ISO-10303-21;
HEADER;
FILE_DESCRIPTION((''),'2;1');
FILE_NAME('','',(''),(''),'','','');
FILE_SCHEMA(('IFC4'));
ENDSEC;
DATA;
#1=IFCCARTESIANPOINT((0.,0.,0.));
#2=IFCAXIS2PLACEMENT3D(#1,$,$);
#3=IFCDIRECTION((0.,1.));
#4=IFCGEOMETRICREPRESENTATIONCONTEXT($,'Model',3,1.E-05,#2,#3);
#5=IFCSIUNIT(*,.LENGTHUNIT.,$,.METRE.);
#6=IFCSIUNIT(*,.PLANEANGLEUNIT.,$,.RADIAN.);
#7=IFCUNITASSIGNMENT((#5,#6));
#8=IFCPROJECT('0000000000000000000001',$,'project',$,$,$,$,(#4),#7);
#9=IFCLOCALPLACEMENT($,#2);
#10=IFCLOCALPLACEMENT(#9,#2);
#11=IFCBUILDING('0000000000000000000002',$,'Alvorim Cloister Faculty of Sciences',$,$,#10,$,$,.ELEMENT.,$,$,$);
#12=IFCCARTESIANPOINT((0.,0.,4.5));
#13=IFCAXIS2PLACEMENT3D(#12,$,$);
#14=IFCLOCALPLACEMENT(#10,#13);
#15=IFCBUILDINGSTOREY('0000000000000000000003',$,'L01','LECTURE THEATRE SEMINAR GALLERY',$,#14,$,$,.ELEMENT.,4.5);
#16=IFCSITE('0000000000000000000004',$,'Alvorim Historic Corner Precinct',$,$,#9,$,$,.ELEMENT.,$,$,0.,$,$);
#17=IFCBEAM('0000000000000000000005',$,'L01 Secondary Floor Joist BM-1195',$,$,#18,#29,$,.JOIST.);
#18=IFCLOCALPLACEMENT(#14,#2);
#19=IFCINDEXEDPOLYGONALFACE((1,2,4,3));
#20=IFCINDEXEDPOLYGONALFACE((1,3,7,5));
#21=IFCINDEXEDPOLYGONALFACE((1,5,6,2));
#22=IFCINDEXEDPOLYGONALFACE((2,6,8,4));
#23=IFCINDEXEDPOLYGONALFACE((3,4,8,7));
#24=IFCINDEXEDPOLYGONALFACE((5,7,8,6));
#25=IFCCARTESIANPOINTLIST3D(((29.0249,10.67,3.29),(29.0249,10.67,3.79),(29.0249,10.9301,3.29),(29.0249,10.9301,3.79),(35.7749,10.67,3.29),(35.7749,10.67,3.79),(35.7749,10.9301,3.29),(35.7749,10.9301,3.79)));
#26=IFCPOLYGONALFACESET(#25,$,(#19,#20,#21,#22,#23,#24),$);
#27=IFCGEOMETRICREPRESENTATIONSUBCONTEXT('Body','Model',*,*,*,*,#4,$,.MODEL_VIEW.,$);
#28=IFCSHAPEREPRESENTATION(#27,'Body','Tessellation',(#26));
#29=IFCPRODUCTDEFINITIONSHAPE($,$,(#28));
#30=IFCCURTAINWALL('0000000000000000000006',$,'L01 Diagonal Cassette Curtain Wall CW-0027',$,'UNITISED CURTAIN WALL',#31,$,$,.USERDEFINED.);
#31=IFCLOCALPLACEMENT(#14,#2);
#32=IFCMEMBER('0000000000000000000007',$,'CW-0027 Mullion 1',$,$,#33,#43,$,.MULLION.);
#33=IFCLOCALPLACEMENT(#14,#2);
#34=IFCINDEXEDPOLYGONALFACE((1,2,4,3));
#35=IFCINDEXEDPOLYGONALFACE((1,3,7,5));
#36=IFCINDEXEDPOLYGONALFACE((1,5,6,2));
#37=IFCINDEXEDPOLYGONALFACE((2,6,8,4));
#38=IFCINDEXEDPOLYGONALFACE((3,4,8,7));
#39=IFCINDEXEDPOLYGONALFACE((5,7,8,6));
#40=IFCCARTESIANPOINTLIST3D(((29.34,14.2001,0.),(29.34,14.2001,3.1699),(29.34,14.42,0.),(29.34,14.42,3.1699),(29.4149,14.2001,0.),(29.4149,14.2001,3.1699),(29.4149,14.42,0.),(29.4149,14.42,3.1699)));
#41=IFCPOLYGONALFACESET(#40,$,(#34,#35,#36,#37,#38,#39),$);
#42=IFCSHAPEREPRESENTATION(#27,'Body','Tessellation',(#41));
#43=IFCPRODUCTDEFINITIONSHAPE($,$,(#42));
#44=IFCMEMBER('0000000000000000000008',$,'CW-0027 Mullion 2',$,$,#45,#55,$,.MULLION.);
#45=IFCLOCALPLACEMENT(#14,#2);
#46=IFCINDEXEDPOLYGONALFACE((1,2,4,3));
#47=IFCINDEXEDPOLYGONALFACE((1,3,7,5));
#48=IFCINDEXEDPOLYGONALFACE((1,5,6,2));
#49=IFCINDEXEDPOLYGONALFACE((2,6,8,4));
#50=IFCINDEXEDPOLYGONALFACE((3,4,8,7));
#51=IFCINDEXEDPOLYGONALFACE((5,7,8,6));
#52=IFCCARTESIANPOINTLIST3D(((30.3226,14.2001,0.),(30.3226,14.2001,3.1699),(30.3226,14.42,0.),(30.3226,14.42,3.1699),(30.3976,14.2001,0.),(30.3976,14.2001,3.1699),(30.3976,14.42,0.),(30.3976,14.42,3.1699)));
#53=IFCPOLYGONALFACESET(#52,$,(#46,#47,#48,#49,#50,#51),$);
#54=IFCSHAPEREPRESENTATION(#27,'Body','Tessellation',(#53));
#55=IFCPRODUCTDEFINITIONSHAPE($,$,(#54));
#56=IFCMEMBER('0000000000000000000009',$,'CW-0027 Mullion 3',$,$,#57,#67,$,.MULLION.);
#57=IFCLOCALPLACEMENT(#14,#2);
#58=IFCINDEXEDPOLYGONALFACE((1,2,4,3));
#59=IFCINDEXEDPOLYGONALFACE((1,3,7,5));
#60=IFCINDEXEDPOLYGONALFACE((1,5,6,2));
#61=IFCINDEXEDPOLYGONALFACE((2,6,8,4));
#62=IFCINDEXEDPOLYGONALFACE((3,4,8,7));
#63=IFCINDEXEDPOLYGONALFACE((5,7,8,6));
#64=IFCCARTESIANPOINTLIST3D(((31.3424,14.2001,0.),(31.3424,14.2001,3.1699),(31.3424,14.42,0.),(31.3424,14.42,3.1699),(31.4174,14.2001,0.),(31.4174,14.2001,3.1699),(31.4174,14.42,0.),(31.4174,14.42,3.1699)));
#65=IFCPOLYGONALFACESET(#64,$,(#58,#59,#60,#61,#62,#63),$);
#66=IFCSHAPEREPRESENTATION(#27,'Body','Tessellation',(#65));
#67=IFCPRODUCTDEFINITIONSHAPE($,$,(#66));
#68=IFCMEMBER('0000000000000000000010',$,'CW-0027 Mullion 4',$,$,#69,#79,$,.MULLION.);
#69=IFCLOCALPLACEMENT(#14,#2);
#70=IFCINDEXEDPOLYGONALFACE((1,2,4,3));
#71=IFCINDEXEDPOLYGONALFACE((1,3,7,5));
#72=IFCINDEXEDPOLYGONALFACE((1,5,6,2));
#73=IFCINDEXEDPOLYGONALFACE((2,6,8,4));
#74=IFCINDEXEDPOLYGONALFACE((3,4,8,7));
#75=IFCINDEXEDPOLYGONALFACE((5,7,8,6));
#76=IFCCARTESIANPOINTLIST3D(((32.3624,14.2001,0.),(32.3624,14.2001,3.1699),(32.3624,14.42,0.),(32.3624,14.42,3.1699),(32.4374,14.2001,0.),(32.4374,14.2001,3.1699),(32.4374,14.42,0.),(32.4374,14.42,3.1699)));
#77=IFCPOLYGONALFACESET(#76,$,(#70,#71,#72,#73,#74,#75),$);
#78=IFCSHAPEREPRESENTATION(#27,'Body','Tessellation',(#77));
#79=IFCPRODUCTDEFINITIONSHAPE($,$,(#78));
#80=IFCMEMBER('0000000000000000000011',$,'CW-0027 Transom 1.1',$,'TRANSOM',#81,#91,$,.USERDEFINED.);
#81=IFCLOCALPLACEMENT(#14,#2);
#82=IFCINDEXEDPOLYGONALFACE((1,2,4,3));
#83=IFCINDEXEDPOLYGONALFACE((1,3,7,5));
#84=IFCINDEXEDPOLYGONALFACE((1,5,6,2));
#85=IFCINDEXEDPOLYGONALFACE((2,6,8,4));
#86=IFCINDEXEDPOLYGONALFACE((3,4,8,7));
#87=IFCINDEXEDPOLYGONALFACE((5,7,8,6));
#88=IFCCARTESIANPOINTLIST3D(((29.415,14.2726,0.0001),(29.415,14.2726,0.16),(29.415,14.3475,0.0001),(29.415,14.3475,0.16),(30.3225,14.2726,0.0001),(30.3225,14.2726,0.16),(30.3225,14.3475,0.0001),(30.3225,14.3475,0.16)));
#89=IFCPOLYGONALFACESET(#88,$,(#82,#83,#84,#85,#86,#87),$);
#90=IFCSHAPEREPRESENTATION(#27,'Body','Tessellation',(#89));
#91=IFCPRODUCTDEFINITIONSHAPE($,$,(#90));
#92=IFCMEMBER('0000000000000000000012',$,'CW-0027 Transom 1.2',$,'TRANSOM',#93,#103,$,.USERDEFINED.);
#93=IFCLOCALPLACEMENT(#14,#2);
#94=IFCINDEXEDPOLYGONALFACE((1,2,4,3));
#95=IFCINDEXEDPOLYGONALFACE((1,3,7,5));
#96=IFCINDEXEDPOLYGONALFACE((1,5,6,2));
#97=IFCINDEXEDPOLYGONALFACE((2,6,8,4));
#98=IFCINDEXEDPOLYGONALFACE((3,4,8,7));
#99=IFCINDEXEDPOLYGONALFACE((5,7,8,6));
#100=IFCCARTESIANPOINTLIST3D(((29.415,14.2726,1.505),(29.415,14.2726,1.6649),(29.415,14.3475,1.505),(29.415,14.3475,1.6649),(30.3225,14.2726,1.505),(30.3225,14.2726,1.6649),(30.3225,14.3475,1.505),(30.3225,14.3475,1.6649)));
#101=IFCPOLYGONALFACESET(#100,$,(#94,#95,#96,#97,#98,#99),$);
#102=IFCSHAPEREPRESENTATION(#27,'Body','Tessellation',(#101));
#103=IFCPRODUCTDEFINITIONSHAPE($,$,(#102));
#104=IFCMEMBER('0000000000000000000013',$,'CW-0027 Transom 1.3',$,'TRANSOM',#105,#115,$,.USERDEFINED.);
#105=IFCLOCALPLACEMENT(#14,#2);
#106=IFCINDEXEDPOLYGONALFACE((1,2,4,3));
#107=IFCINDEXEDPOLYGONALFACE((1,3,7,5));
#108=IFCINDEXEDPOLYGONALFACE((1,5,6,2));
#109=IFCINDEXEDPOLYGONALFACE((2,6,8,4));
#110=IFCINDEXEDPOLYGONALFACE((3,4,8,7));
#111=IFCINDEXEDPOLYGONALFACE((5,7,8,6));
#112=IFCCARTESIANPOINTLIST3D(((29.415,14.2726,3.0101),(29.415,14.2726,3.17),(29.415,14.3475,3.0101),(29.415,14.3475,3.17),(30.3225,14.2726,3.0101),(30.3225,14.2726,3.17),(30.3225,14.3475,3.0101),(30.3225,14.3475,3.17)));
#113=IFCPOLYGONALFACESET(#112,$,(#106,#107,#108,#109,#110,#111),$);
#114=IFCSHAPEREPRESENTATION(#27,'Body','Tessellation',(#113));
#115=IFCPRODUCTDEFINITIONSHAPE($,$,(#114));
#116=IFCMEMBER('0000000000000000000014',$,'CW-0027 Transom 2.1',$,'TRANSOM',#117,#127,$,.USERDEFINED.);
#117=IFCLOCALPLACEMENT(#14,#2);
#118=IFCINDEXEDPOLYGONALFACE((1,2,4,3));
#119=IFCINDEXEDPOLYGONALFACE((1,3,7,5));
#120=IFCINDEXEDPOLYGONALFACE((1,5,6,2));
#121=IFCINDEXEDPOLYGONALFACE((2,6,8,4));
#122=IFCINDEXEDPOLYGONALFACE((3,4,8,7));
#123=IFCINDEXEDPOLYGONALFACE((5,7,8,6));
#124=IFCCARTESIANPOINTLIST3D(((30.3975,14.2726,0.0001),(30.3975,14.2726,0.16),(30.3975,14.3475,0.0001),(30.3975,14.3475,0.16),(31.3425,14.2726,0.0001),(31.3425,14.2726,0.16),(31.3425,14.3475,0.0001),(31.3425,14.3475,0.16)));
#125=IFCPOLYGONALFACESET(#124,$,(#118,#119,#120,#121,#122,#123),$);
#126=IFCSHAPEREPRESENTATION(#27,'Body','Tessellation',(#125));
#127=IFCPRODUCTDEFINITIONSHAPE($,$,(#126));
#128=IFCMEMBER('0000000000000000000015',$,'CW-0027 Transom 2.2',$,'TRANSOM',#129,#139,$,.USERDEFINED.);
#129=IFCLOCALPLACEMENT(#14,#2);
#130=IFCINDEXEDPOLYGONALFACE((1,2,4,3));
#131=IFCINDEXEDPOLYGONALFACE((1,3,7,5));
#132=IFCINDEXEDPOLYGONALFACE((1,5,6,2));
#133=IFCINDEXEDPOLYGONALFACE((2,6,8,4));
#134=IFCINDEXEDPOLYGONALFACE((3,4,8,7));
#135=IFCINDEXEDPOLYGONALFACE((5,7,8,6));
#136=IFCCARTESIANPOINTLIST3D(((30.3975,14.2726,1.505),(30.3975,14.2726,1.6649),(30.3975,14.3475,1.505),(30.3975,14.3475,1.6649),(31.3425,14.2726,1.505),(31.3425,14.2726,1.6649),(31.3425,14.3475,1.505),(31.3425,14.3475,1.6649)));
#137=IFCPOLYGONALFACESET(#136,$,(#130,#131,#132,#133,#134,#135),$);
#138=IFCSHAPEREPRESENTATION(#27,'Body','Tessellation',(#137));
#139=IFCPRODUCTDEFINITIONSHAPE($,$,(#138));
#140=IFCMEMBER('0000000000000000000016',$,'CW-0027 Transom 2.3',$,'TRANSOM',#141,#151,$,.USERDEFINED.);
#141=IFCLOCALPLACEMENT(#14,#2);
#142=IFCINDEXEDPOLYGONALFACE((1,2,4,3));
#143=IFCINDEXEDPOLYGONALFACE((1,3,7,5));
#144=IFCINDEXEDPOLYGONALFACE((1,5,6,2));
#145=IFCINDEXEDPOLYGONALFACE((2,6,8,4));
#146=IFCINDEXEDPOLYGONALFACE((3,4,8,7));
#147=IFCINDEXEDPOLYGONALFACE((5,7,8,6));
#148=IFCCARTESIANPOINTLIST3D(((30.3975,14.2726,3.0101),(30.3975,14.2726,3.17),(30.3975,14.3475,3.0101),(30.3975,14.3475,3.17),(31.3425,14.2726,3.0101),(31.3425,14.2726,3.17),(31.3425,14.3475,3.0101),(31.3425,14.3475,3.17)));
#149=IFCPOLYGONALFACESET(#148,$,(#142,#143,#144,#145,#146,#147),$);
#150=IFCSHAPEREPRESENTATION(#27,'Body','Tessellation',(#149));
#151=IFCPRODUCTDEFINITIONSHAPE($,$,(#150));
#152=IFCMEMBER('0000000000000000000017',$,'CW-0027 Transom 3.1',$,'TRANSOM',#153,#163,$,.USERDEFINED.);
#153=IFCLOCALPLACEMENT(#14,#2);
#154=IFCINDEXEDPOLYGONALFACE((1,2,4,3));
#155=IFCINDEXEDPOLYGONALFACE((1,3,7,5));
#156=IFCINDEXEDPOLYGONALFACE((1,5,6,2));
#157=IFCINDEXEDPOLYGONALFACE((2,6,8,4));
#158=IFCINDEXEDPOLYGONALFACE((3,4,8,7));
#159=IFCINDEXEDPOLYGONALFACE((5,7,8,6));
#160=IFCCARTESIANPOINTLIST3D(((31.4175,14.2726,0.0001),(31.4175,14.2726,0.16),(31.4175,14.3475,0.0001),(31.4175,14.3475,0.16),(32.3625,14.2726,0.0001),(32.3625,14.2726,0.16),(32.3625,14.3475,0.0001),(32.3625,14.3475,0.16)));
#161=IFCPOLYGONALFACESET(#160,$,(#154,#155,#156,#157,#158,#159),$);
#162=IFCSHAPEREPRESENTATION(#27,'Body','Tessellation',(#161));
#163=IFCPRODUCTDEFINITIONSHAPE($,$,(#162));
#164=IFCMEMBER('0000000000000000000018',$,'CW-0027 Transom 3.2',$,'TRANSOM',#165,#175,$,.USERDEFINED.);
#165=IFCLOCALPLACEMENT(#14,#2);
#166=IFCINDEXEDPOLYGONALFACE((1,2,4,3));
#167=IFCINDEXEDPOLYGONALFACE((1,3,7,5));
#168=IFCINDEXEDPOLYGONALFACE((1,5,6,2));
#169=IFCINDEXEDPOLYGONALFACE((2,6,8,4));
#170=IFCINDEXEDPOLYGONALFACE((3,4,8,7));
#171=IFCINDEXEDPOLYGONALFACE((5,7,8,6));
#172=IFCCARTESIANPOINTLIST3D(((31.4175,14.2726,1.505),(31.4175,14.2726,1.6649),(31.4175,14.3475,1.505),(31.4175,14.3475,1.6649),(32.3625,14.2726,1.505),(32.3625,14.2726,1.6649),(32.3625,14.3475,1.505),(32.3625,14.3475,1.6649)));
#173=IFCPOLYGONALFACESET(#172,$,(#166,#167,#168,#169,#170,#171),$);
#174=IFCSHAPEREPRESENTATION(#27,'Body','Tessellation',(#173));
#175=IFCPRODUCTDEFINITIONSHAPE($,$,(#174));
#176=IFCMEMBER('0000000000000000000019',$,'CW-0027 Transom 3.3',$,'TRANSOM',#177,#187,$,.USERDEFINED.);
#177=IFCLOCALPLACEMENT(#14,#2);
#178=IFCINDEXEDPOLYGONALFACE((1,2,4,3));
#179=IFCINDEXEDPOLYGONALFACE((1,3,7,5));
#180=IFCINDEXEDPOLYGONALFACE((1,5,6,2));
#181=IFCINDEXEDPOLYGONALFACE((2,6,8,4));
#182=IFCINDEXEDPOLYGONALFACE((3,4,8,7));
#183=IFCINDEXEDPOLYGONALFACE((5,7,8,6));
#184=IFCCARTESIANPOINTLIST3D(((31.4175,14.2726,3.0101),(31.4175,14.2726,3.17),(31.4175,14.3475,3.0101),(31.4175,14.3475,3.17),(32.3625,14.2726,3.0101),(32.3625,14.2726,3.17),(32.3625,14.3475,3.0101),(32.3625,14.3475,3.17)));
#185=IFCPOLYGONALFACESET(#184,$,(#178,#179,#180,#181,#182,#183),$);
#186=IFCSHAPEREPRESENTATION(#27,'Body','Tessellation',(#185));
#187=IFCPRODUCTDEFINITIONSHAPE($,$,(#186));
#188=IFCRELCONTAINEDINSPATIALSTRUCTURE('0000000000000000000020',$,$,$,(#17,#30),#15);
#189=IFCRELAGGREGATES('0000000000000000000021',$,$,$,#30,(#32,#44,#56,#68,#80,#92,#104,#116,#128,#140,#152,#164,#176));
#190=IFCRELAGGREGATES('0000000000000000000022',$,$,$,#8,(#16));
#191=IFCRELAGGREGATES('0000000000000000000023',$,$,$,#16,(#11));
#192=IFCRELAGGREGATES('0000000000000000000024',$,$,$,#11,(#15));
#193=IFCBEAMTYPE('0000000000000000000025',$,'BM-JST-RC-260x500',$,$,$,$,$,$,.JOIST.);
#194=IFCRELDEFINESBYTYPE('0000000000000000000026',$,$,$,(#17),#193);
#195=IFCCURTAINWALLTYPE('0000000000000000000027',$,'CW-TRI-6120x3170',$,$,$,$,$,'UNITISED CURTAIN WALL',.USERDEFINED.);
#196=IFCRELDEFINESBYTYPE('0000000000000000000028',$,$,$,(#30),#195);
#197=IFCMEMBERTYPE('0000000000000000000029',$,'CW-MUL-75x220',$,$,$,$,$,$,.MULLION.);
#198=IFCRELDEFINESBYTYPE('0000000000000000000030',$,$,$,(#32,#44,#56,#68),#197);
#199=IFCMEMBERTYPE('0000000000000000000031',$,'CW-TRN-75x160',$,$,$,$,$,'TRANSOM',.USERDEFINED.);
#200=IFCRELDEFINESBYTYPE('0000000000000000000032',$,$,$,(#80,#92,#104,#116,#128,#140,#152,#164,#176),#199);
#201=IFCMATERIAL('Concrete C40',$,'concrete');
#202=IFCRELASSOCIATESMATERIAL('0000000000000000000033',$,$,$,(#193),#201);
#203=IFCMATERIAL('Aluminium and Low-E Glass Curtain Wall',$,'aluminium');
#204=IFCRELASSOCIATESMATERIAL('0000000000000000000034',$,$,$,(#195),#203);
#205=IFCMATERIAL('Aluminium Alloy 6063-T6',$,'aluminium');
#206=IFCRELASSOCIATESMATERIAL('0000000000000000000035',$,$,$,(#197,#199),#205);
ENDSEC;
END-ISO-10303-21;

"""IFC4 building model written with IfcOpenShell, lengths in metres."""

from ifc_helpers import new_model, si_unit, direction, frame, origin, origin_2d, place, context, subcontext, project, spatial, rectangle, extrude, material, material_profile, profile_set, type_object, element, aggregate, save


model = new_model("IFC4")

# Units and contexts
model_context = context("Model", 3, precision=1e-05, world=origin(), true_north=direction((0.0, 1.0)))
body_context = subcontext(model_context, "Body", "Model", "MODEL_VIEW")
ifc_project = project(units=[si_unit("LENGTHUNIT", "METRE"), si_unit("PLANEANGLEUNIT", "RADIAN")], contexts=[model_context])

# Site, building, storey
site_placement = place(None, origin())
site = spatial("IfcSite", under=ifc_project, at=site_placement, Name="Alvorim Historic Corner Precinct", CompositionType="ELEMENT", RefElevation=0.0)
building_placement = place(site_placement, origin())
building = spatial("IfcBuilding", under=site, at=building_placement, Name="Alvorim Cloister Faculty of Sciences", CompositionType="ELEMENT")
storey_placement = place(building_placement, frame((0.0, 0.0, 4.5)))
storey = spatial("IfcBuildingStorey", under=building, at=storey_placement, Name="L01", Description="LECTURE THEATRE SEMINAR GALLERY", CompositionType="ELEMENT", Elevation=4.5)

# Beam
ifc_material_1 = material(Name="Concrete C40", Category="concrete")
ifc_material_profile_1 = material_profile(ifc_material_1, rectangle(XDim=0.26, YDim=0.5, at=origin_2d()), Name="RC40-JST-260x500")
ifc_profile_set_1 = profile_set([ifc_material_profile_1], Name="Concrete C40")
beam_type = type_object("IfcBeamType", Name="BM-JST-RC-260x500", PredefinedType="JOIST", material=ifc_profile_set_1)
beam_placement = place(storey_placement, frame((29.0249, 10.8, 3.54), z_axis=(1.0, 0.0, 0.0), x_axis=(0.0, 1.0, 0.0)))
element("IfcBeam", 1, at=beam_placement, inside=storey, type_object=beam_type, Name="L01 Secondary Floor Joist BM-1195", PredefinedType="JOIST", context=body_context, shape_type="SweptSolid", body=[
    extrude(rectangle(XDim=0.26, YDim=0.5, at=origin_2d()), origin(), (0.0, 0.0, 1.0), 6.75),
])

# Curtain wall, members
ifc_material_2 = material(Name="Aluminium and Low-E Glass Curtain Wall", Category="aluminium")
curtain_wall_type = type_object("IfcCurtainWallType", Name="CW-TRI-6120x3170", ElementType="UNITISED CURTAIN WALL", PredefinedType="USERDEFINED", material=ifc_material_2)
curtain_wall_placement = place(storey_placement, origin())
curtain_wall = element("IfcCurtainWall", 2, at=curtain_wall_placement, inside=storey, type_object=curtain_wall_type, Name="L01 Diagonal Cassette Curtain Wall CW-0027", ObjectType="UNITISED CURTAIN WALL", PredefinedType="USERDEFINED")
ifc_material_3 = material(Name="Aluminium Alloy 6063-T6", Category="aluminium")
ifc_material_profile_2 = material_profile(ifc_material_3, rectangle(XDim=0.075, YDim=0.22, at=origin_2d()), Name="ALU-MUL-75x220")
ifc_profile_set_2 = profile_set([ifc_material_profile_2], Name="Aluminium Alloy 6063-T6")
member_type_1 = type_object("IfcMemberType", Name="CW-MUL-75x220", PredefinedType="MULLION", material=ifc_profile_set_2)
member_1_placement = place(storey_placement, frame((29.3774, 14.3101, 0.0), z_axis=(0.0, 0.0, 1.0), x_axis=(1.0, 0.0, 0.0)))
member_1 = element("IfcMember", 3, at=member_1_placement, type_object=member_type_1, Name="CW-0027 Mullion 1", PredefinedType="MULLION", context=body_context, shape_type="SweptSolid", body=[
    extrude(rectangle(XDim=0.075, YDim=0.22, at=origin_2d()), origin(), (0.0, 0.0, 1.0), 3.1699),
])
member_2_placement = place(storey_placement, frame((30.3601, 14.3101, 0.0), z_axis=(0.0, 0.0, 1.0), x_axis=(1.0, 0.0, 0.0)))
member_2 = element("IfcMember", 4, at=member_2_placement, type_object=member_type_1, Name="CW-0027 Mullion 2", PredefinedType="MULLION", context=body_context, shape_type="SweptSolid", body=[
    extrude(rectangle(XDim=0.075, YDim=0.22, at=origin_2d()), origin(), (0.0, 0.0, 1.0), 3.1699),
])
member_3_placement = place(storey_placement, frame((31.3799, 14.3101, 0.0), z_axis=(0.0, 0.0, 1.0), x_axis=(1.0, 0.0, 0.0)))
member_3 = element("IfcMember", 5, at=member_3_placement, type_object=member_type_1, Name="CW-0027 Mullion 3", PredefinedType="MULLION", context=body_context, shape_type="SweptSolid", body=[
    extrude(rectangle(XDim=0.075, YDim=0.22, at=origin_2d()), origin(), (0.0, 0.0, 1.0), 3.1699),
])
member_4_placement = place(storey_placement, frame((32.3999, 14.3101, 0.0), z_axis=(0.0, 0.0, 1.0), x_axis=(1.0, 0.0, 0.0)))
member_4 = element("IfcMember", 6, at=member_4_placement, type_object=member_type_1, Name="CW-0027 Mullion 4", PredefinedType="MULLION", context=body_context, shape_type="SweptSolid", body=[
    extrude(rectangle(XDim=0.075, YDim=0.22, at=origin_2d()), origin(), (0.0, 0.0, 1.0), 3.1699),
])
ifc_material_profile_3 = material_profile(ifc_material_3, rectangle(XDim=0.075, YDim=0.1599, at=origin_2d()), Name="ALU-TRN-75x160")
ifc_profile_set_3 = profile_set([ifc_material_profile_3], Name="Aluminium Alloy 6063-T6")
member_type_2 = type_object("IfcMemberType", Name="CW-TRN-75x160", ElementType="TRANSOM", PredefinedType="USERDEFINED", material=ifc_profile_set_3)
member_5_placement = place(storey_placement, frame((29.415, 14.3101, 0.0801), z_axis=(1.0, 0.0, 0.0), x_axis=(0.0, 1.0, 0.0)))
member_5 = element("IfcMember", 7, at=member_5_placement, type_object=member_type_2, Name="CW-0027 Transom 1.1", ObjectType="TRANSOM", PredefinedType="USERDEFINED", context=body_context, shape_type="SweptSolid", body=[
    extrude(rectangle(XDim=0.075, YDim=0.1599, at=origin_2d()), origin(), (0.0, 0.0, 1.0), 0.9075),
])
member_6_placement = place(storey_placement, frame((29.415, 14.3101, 1.585), z_axis=(1.0, 0.0, 0.0), x_axis=(0.0, 1.0, 0.0)))
member_6 = element("IfcMember", 8, at=member_6_placement, type_object=member_type_2, Name="CW-0027 Transom 1.2", ObjectType="TRANSOM", PredefinedType="USERDEFINED", context=body_context, shape_type="SweptSolid", body=[
    extrude(rectangle(XDim=0.075, YDim=0.1599, at=origin_2d()), origin(), (0.0, 0.0, 1.0), 0.9075),
])
member_7_placement = place(storey_placement, frame((29.415, 14.3101, 3.0901), z_axis=(1.0, 0.0, 0.0), x_axis=(0.0, 1.0, 0.0)))
member_7 = element("IfcMember", 9, at=member_7_placement, type_object=member_type_2, Name="CW-0027 Transom 1.3", ObjectType="TRANSOM", PredefinedType="USERDEFINED", context=body_context, shape_type="SweptSolid", body=[
    extrude(rectangle(XDim=0.075, YDim=0.1599, at=origin_2d()), origin(), (0.0, 0.0, 1.0), 0.9075),
])
member_8_placement = place(storey_placement, frame((30.3975, 14.3101, 0.0801), z_axis=(1.0, 0.0, 0.0), x_axis=(0.0, 1.0, 0.0)))
member_8 = element("IfcMember", 10, at=member_8_placement, type_object=member_type_2, Name="CW-0027 Transom 2.1", ObjectType="TRANSOM", PredefinedType="USERDEFINED", context=body_context, shape_type="SweptSolid", body=[
    extrude(rectangle(XDim=0.075, YDim=0.1599, at=origin_2d()), origin(), (0.0, 0.0, 1.0), 0.9451),
])
member_9_placement = place(storey_placement, frame((30.3975, 14.3101, 1.585), z_axis=(1.0, 0.0, 0.0), x_axis=(0.0, 1.0, 0.0)))
member_9 = element("IfcMember", 11, at=member_9_placement, type_object=member_type_2, Name="CW-0027 Transom 2.2", ObjectType="TRANSOM", PredefinedType="USERDEFINED", context=body_context, shape_type="SweptSolid", body=[
    extrude(rectangle(XDim=0.075, YDim=0.1599, at=origin_2d()), origin(), (0.0, 0.0, 1.0), 0.9451),
])
member_10_placement = place(storey_placement, frame((30.3975, 14.3101, 3.0901), z_axis=(1.0, 0.0, 0.0), x_axis=(0.0, 1.0, 0.0)))
member_10 = element("IfcMember", 12, at=member_10_placement, type_object=member_type_2, Name="CW-0027 Transom 2.3", ObjectType="TRANSOM", PredefinedType="USERDEFINED", context=body_context, shape_type="SweptSolid", body=[
    extrude(rectangle(XDim=0.075, YDim=0.1599, at=origin_2d()), origin(), (0.0, 0.0, 1.0), 0.9451),
])
member_11_placement = place(storey_placement, frame((31.4175, 14.3101, 0.0801), z_axis=(1.0, 0.0, 0.0), x_axis=(0.0, 1.0, 0.0)))
member_11 = element("IfcMember", 13, at=member_11_placement, type_object=member_type_2, Name="CW-0027 Transom 3.1", ObjectType="TRANSOM", PredefinedType="USERDEFINED", context=body_context, shape_type="SweptSolid", body=[
    extrude(rectangle(XDim=0.075, YDim=0.1599, at=origin_2d()), origin(), (0.0, 0.0, 1.0), 0.9451),
])
member_12_placement = place(storey_placement, frame((31.4175, 14.3101, 1.585), z_axis=(1.0, 0.0, 0.0), x_axis=(0.0, 1.0, 0.0)))
member_12 = element("IfcMember", 14, at=member_12_placement, type_object=member_type_2, Name="CW-0027 Transom 3.2", ObjectType="TRANSOM", PredefinedType="USERDEFINED", context=body_context, shape_type="SweptSolid", body=[
    extrude(rectangle(XDim=0.075, YDim=0.1599, at=origin_2d()), origin(), (0.0, 0.0, 1.0), 0.9451),
])
member_13_placement = place(storey_placement, frame((31.4175, 14.3101, 3.0901), z_axis=(1.0, 0.0, 0.0), x_axis=(0.0, 1.0, 0.0)))
member_13 = element("IfcMember", 15, at=member_13_placement, type_object=member_type_2, Name="CW-0027 Transom 3.3", ObjectType="TRANSOM", PredefinedType="USERDEFINED", context=body_context, shape_type="SweptSolid", body=[
    extrude(rectangle(XDim=0.075, YDim=0.1599, at=origin_2d()), origin(), (0.0, 0.0, 1.0), 0.9451),
])
aggregate(curtain_wall, [member_1, member_2, member_3, member_4, member_5, member_6, member_7, member_8, member_9, member_10, member_11, member_12, member_13])

save(model, "model.ifc")
